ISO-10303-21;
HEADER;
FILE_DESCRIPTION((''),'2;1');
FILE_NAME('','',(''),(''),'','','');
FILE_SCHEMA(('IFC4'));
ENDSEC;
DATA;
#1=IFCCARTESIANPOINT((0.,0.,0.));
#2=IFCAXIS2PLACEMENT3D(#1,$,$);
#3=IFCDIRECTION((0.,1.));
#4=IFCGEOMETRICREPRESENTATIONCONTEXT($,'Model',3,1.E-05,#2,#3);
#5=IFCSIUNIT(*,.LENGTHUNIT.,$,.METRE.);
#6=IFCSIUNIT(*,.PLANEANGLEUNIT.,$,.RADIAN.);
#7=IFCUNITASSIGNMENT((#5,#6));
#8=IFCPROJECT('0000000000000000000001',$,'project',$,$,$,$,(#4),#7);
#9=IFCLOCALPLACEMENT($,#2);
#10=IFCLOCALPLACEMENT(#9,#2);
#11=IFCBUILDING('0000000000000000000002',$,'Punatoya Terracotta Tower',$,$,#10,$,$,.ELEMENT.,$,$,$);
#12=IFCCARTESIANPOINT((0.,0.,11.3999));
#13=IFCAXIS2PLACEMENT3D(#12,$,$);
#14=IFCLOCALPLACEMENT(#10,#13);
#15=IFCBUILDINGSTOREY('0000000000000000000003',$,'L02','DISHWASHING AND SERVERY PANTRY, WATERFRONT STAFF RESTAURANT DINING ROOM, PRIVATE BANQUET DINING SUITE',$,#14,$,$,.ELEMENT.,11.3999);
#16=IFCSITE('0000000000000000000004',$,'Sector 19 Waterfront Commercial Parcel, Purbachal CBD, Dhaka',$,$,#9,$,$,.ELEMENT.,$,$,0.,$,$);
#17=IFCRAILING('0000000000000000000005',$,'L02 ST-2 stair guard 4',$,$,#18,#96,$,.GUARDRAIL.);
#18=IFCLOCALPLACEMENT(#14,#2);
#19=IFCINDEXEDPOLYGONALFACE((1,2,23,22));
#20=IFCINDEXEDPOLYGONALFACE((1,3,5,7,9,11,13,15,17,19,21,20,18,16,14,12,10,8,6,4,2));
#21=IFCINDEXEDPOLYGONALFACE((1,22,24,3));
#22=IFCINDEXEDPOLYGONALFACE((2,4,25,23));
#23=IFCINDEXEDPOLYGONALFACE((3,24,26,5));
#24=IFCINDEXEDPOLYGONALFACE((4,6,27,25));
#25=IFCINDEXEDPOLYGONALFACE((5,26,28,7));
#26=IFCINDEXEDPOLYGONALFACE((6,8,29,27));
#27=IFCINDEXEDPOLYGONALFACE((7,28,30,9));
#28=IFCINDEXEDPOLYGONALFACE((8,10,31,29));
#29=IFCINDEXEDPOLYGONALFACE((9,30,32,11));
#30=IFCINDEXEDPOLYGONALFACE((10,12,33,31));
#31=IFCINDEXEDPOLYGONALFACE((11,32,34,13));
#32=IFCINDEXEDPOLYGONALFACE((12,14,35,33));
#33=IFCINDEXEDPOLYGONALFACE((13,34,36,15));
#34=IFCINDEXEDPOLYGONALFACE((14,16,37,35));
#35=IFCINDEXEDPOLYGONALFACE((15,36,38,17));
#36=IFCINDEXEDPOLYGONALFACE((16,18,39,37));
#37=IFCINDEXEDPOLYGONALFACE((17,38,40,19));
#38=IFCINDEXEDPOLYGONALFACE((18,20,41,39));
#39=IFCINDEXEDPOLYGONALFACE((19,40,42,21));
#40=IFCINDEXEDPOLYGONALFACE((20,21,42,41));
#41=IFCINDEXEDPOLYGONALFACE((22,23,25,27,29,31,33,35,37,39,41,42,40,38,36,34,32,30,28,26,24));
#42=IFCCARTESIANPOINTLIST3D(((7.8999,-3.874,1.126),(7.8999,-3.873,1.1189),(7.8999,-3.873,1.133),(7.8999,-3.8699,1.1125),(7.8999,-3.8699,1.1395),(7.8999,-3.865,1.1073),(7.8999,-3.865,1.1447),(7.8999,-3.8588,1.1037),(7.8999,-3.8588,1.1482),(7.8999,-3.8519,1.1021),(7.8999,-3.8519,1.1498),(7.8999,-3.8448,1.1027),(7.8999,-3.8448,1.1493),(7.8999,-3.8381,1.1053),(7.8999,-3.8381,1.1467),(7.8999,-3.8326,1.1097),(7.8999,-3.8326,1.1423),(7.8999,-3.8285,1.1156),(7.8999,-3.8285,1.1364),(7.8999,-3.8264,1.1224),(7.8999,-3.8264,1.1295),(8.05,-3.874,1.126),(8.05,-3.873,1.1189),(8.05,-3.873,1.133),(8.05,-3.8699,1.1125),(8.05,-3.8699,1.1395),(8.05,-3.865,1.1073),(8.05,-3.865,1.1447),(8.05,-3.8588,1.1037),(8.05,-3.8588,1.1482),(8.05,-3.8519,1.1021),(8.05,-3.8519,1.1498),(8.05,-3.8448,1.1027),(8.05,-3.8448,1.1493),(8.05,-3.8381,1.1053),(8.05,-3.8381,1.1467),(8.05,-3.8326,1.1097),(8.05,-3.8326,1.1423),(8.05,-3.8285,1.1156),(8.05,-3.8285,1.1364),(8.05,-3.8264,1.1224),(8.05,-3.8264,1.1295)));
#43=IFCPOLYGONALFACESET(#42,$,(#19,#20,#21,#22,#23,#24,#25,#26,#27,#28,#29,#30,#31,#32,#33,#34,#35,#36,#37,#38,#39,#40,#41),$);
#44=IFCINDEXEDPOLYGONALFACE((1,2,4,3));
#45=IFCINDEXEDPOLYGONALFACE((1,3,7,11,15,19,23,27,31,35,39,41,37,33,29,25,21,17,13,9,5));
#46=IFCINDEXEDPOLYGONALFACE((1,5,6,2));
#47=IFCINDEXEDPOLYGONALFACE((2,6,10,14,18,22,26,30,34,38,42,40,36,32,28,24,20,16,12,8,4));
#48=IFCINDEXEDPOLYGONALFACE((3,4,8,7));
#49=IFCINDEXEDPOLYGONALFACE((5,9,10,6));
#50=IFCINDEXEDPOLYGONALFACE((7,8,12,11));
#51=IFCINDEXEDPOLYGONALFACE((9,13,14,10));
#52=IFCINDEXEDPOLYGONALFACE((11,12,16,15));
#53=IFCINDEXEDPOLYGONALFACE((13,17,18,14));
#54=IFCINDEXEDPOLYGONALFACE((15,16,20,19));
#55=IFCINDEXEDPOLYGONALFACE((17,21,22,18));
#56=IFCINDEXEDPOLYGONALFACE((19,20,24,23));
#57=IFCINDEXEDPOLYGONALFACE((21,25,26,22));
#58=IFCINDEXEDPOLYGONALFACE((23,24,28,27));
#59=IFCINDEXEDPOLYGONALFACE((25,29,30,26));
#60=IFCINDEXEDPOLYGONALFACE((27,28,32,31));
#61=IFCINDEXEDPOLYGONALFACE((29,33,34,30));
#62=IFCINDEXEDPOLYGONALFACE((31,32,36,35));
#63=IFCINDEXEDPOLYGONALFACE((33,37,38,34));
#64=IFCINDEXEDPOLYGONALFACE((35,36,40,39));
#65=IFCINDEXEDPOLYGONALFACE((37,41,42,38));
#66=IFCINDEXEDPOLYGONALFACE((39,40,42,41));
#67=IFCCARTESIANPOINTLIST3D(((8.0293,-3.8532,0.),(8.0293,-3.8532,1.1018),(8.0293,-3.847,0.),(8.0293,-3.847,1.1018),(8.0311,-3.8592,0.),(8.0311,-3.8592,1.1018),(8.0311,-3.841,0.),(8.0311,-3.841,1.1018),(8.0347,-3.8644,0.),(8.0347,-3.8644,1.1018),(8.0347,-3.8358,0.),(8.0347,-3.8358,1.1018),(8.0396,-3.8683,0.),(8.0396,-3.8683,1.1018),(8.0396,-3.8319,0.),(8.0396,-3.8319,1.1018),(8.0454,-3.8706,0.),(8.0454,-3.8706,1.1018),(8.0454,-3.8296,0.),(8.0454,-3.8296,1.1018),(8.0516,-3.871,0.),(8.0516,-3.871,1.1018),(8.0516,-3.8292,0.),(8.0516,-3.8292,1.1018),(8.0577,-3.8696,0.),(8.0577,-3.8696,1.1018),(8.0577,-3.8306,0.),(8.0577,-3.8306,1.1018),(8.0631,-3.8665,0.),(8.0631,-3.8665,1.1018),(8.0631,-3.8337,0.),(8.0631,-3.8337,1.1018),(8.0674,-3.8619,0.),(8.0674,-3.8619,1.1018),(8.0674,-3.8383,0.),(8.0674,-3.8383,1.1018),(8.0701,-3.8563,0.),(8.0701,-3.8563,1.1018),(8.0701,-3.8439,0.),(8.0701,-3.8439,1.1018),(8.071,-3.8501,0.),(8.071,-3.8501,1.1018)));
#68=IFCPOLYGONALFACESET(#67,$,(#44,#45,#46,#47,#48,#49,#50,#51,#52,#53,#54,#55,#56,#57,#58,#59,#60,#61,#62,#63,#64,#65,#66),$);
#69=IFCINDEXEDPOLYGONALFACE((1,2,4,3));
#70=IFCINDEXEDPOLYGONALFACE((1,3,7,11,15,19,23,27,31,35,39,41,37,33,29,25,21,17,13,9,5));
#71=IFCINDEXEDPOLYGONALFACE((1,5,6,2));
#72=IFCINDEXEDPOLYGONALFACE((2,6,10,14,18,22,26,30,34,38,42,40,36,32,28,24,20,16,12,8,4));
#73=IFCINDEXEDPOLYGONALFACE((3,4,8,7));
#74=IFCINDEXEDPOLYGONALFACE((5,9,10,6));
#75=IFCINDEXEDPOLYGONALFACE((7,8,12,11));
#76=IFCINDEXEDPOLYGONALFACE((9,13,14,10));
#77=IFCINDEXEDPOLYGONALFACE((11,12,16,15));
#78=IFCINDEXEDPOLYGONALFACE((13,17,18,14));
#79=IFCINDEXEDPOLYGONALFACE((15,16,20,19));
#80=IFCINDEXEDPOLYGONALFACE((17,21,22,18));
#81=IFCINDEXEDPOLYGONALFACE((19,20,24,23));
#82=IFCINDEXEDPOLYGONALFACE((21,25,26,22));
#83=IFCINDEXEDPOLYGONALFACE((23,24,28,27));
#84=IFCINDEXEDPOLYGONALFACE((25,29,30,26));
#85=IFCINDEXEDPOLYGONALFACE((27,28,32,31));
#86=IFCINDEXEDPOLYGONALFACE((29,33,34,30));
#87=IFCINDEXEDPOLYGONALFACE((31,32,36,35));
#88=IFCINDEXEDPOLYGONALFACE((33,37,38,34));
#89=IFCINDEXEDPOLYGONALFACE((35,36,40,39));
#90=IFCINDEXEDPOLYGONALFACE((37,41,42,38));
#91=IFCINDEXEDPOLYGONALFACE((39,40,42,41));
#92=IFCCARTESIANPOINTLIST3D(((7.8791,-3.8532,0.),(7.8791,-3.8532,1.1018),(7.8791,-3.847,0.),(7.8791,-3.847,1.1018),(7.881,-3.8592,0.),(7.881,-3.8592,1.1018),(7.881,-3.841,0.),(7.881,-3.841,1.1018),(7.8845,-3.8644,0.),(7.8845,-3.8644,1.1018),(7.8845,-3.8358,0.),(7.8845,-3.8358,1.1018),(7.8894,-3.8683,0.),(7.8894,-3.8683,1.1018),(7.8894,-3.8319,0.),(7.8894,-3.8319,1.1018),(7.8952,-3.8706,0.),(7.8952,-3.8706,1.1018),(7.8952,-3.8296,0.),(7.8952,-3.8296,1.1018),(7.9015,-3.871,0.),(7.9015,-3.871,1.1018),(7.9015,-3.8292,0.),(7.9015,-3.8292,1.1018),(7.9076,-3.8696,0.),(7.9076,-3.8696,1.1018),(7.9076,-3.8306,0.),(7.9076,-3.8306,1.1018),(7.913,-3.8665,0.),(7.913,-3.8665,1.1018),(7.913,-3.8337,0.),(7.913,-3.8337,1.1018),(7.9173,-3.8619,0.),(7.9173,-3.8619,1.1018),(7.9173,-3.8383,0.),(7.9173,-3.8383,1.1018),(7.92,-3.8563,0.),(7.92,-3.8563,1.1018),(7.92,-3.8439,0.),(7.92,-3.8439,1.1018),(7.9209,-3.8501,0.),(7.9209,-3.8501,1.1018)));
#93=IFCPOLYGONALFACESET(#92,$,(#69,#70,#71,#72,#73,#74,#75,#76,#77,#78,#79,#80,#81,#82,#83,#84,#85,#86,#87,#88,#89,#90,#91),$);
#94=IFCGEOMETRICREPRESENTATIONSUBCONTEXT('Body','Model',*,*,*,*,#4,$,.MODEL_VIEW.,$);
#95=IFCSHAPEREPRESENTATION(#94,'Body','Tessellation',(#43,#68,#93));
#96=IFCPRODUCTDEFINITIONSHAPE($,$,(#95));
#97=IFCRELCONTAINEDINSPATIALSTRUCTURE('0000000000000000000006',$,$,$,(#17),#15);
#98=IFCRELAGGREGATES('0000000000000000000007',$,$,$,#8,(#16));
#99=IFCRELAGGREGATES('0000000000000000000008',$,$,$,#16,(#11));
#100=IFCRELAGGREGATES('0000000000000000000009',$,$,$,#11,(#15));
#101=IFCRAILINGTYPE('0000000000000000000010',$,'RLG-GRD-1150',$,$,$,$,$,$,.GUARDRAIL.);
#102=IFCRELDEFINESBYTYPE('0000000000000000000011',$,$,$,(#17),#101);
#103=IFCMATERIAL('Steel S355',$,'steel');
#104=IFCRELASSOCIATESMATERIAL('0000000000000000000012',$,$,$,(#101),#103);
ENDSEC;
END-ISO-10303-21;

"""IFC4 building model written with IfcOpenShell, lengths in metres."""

from ifc_helpers import new_model, si_unit, direction, frame, origin, origin_2d, place, context, subcontext, project, spatial, circle, extrude, material, type_object, element, save


model = new_model("IFC4")

# Units and contexts
model_context = context("Model", 3, precision=1e-05, world=origin(), true_north=direction((0.0, 1.0)))
body_context = subcontext(model_context, "Body", "Model", "MODEL_VIEW")
ifc_project = project(units=[si_unit("LENGTHUNIT", "METRE"), si_unit("PLANEANGLEUNIT", "RADIAN")], contexts=[model_context])

# Site, building, storey
site_placement = place(None, origin())
site = spatial("IfcSite", under=ifc_project, at=site_placement, Name="Sector 19 Waterfront Commercial Parcel, Purbachal CBD, Dhaka", CompositionType="ELEMENT", RefElevation=0.0)
building_placement = place(site_placement, origin())
building = spatial("IfcBuilding", under=site, at=building_placement, Name="Punatoya Terracotta Tower", CompositionType="ELEMENT")
storey_placement = place(building_placement, frame((0.0, 0.0, 11.3999)))
storey = spatial("IfcBuildingStorey", under=building, at=storey_placement, Name="L02", Description="DISHWASHING AND SERVERY PANTRY, WATERFRONT STAFF RESTAURANT DINING ROOM, PRIVATE BANQUET DINING SUITE", CompositionType="ELEMENT", Elevation=11.3999)

# Railing
ifc_material_1 = material(Name="Steel S355", Category="steel")
railing_type = type_object("IfcRailingType", Name="RLG-GRD-1150", PredefinedType="GUARDRAIL", material=ifc_material_1)
railing_1_placement = place(storey_placement, frame((8.05, -3.8501, 0.0)))
element("IfcRailing", 1, at=railing_1_placement, inside=storey, type_object=railing_type, Name="L02 ST-2 stair guard 4", PredefinedType="GUARDRAIL", context=body_context, shape_type="SweptSolid", body=[
    extrude(circle(Radius=0.0239, at=origin_2d()), frame((0.0, 0.0, 1.126), z_axis=(-1.0, 0.0, 0.0), x_axis=(0.0, -1.0, 0.0)), (0.0, 0.0, 1.0), 0.1501),
    extrude(circle(Radius=0.021, at=origin_2d()), origin(), (0.0, 0.0, 1.0), 1.1018),
    extrude(circle(Radius=0.021, at=origin_2d()), frame((-0.1501, 0.0, 0.0)), (0.0, 0.0, 1.0), 1.1018),
])

save(model, "model.ifc")
